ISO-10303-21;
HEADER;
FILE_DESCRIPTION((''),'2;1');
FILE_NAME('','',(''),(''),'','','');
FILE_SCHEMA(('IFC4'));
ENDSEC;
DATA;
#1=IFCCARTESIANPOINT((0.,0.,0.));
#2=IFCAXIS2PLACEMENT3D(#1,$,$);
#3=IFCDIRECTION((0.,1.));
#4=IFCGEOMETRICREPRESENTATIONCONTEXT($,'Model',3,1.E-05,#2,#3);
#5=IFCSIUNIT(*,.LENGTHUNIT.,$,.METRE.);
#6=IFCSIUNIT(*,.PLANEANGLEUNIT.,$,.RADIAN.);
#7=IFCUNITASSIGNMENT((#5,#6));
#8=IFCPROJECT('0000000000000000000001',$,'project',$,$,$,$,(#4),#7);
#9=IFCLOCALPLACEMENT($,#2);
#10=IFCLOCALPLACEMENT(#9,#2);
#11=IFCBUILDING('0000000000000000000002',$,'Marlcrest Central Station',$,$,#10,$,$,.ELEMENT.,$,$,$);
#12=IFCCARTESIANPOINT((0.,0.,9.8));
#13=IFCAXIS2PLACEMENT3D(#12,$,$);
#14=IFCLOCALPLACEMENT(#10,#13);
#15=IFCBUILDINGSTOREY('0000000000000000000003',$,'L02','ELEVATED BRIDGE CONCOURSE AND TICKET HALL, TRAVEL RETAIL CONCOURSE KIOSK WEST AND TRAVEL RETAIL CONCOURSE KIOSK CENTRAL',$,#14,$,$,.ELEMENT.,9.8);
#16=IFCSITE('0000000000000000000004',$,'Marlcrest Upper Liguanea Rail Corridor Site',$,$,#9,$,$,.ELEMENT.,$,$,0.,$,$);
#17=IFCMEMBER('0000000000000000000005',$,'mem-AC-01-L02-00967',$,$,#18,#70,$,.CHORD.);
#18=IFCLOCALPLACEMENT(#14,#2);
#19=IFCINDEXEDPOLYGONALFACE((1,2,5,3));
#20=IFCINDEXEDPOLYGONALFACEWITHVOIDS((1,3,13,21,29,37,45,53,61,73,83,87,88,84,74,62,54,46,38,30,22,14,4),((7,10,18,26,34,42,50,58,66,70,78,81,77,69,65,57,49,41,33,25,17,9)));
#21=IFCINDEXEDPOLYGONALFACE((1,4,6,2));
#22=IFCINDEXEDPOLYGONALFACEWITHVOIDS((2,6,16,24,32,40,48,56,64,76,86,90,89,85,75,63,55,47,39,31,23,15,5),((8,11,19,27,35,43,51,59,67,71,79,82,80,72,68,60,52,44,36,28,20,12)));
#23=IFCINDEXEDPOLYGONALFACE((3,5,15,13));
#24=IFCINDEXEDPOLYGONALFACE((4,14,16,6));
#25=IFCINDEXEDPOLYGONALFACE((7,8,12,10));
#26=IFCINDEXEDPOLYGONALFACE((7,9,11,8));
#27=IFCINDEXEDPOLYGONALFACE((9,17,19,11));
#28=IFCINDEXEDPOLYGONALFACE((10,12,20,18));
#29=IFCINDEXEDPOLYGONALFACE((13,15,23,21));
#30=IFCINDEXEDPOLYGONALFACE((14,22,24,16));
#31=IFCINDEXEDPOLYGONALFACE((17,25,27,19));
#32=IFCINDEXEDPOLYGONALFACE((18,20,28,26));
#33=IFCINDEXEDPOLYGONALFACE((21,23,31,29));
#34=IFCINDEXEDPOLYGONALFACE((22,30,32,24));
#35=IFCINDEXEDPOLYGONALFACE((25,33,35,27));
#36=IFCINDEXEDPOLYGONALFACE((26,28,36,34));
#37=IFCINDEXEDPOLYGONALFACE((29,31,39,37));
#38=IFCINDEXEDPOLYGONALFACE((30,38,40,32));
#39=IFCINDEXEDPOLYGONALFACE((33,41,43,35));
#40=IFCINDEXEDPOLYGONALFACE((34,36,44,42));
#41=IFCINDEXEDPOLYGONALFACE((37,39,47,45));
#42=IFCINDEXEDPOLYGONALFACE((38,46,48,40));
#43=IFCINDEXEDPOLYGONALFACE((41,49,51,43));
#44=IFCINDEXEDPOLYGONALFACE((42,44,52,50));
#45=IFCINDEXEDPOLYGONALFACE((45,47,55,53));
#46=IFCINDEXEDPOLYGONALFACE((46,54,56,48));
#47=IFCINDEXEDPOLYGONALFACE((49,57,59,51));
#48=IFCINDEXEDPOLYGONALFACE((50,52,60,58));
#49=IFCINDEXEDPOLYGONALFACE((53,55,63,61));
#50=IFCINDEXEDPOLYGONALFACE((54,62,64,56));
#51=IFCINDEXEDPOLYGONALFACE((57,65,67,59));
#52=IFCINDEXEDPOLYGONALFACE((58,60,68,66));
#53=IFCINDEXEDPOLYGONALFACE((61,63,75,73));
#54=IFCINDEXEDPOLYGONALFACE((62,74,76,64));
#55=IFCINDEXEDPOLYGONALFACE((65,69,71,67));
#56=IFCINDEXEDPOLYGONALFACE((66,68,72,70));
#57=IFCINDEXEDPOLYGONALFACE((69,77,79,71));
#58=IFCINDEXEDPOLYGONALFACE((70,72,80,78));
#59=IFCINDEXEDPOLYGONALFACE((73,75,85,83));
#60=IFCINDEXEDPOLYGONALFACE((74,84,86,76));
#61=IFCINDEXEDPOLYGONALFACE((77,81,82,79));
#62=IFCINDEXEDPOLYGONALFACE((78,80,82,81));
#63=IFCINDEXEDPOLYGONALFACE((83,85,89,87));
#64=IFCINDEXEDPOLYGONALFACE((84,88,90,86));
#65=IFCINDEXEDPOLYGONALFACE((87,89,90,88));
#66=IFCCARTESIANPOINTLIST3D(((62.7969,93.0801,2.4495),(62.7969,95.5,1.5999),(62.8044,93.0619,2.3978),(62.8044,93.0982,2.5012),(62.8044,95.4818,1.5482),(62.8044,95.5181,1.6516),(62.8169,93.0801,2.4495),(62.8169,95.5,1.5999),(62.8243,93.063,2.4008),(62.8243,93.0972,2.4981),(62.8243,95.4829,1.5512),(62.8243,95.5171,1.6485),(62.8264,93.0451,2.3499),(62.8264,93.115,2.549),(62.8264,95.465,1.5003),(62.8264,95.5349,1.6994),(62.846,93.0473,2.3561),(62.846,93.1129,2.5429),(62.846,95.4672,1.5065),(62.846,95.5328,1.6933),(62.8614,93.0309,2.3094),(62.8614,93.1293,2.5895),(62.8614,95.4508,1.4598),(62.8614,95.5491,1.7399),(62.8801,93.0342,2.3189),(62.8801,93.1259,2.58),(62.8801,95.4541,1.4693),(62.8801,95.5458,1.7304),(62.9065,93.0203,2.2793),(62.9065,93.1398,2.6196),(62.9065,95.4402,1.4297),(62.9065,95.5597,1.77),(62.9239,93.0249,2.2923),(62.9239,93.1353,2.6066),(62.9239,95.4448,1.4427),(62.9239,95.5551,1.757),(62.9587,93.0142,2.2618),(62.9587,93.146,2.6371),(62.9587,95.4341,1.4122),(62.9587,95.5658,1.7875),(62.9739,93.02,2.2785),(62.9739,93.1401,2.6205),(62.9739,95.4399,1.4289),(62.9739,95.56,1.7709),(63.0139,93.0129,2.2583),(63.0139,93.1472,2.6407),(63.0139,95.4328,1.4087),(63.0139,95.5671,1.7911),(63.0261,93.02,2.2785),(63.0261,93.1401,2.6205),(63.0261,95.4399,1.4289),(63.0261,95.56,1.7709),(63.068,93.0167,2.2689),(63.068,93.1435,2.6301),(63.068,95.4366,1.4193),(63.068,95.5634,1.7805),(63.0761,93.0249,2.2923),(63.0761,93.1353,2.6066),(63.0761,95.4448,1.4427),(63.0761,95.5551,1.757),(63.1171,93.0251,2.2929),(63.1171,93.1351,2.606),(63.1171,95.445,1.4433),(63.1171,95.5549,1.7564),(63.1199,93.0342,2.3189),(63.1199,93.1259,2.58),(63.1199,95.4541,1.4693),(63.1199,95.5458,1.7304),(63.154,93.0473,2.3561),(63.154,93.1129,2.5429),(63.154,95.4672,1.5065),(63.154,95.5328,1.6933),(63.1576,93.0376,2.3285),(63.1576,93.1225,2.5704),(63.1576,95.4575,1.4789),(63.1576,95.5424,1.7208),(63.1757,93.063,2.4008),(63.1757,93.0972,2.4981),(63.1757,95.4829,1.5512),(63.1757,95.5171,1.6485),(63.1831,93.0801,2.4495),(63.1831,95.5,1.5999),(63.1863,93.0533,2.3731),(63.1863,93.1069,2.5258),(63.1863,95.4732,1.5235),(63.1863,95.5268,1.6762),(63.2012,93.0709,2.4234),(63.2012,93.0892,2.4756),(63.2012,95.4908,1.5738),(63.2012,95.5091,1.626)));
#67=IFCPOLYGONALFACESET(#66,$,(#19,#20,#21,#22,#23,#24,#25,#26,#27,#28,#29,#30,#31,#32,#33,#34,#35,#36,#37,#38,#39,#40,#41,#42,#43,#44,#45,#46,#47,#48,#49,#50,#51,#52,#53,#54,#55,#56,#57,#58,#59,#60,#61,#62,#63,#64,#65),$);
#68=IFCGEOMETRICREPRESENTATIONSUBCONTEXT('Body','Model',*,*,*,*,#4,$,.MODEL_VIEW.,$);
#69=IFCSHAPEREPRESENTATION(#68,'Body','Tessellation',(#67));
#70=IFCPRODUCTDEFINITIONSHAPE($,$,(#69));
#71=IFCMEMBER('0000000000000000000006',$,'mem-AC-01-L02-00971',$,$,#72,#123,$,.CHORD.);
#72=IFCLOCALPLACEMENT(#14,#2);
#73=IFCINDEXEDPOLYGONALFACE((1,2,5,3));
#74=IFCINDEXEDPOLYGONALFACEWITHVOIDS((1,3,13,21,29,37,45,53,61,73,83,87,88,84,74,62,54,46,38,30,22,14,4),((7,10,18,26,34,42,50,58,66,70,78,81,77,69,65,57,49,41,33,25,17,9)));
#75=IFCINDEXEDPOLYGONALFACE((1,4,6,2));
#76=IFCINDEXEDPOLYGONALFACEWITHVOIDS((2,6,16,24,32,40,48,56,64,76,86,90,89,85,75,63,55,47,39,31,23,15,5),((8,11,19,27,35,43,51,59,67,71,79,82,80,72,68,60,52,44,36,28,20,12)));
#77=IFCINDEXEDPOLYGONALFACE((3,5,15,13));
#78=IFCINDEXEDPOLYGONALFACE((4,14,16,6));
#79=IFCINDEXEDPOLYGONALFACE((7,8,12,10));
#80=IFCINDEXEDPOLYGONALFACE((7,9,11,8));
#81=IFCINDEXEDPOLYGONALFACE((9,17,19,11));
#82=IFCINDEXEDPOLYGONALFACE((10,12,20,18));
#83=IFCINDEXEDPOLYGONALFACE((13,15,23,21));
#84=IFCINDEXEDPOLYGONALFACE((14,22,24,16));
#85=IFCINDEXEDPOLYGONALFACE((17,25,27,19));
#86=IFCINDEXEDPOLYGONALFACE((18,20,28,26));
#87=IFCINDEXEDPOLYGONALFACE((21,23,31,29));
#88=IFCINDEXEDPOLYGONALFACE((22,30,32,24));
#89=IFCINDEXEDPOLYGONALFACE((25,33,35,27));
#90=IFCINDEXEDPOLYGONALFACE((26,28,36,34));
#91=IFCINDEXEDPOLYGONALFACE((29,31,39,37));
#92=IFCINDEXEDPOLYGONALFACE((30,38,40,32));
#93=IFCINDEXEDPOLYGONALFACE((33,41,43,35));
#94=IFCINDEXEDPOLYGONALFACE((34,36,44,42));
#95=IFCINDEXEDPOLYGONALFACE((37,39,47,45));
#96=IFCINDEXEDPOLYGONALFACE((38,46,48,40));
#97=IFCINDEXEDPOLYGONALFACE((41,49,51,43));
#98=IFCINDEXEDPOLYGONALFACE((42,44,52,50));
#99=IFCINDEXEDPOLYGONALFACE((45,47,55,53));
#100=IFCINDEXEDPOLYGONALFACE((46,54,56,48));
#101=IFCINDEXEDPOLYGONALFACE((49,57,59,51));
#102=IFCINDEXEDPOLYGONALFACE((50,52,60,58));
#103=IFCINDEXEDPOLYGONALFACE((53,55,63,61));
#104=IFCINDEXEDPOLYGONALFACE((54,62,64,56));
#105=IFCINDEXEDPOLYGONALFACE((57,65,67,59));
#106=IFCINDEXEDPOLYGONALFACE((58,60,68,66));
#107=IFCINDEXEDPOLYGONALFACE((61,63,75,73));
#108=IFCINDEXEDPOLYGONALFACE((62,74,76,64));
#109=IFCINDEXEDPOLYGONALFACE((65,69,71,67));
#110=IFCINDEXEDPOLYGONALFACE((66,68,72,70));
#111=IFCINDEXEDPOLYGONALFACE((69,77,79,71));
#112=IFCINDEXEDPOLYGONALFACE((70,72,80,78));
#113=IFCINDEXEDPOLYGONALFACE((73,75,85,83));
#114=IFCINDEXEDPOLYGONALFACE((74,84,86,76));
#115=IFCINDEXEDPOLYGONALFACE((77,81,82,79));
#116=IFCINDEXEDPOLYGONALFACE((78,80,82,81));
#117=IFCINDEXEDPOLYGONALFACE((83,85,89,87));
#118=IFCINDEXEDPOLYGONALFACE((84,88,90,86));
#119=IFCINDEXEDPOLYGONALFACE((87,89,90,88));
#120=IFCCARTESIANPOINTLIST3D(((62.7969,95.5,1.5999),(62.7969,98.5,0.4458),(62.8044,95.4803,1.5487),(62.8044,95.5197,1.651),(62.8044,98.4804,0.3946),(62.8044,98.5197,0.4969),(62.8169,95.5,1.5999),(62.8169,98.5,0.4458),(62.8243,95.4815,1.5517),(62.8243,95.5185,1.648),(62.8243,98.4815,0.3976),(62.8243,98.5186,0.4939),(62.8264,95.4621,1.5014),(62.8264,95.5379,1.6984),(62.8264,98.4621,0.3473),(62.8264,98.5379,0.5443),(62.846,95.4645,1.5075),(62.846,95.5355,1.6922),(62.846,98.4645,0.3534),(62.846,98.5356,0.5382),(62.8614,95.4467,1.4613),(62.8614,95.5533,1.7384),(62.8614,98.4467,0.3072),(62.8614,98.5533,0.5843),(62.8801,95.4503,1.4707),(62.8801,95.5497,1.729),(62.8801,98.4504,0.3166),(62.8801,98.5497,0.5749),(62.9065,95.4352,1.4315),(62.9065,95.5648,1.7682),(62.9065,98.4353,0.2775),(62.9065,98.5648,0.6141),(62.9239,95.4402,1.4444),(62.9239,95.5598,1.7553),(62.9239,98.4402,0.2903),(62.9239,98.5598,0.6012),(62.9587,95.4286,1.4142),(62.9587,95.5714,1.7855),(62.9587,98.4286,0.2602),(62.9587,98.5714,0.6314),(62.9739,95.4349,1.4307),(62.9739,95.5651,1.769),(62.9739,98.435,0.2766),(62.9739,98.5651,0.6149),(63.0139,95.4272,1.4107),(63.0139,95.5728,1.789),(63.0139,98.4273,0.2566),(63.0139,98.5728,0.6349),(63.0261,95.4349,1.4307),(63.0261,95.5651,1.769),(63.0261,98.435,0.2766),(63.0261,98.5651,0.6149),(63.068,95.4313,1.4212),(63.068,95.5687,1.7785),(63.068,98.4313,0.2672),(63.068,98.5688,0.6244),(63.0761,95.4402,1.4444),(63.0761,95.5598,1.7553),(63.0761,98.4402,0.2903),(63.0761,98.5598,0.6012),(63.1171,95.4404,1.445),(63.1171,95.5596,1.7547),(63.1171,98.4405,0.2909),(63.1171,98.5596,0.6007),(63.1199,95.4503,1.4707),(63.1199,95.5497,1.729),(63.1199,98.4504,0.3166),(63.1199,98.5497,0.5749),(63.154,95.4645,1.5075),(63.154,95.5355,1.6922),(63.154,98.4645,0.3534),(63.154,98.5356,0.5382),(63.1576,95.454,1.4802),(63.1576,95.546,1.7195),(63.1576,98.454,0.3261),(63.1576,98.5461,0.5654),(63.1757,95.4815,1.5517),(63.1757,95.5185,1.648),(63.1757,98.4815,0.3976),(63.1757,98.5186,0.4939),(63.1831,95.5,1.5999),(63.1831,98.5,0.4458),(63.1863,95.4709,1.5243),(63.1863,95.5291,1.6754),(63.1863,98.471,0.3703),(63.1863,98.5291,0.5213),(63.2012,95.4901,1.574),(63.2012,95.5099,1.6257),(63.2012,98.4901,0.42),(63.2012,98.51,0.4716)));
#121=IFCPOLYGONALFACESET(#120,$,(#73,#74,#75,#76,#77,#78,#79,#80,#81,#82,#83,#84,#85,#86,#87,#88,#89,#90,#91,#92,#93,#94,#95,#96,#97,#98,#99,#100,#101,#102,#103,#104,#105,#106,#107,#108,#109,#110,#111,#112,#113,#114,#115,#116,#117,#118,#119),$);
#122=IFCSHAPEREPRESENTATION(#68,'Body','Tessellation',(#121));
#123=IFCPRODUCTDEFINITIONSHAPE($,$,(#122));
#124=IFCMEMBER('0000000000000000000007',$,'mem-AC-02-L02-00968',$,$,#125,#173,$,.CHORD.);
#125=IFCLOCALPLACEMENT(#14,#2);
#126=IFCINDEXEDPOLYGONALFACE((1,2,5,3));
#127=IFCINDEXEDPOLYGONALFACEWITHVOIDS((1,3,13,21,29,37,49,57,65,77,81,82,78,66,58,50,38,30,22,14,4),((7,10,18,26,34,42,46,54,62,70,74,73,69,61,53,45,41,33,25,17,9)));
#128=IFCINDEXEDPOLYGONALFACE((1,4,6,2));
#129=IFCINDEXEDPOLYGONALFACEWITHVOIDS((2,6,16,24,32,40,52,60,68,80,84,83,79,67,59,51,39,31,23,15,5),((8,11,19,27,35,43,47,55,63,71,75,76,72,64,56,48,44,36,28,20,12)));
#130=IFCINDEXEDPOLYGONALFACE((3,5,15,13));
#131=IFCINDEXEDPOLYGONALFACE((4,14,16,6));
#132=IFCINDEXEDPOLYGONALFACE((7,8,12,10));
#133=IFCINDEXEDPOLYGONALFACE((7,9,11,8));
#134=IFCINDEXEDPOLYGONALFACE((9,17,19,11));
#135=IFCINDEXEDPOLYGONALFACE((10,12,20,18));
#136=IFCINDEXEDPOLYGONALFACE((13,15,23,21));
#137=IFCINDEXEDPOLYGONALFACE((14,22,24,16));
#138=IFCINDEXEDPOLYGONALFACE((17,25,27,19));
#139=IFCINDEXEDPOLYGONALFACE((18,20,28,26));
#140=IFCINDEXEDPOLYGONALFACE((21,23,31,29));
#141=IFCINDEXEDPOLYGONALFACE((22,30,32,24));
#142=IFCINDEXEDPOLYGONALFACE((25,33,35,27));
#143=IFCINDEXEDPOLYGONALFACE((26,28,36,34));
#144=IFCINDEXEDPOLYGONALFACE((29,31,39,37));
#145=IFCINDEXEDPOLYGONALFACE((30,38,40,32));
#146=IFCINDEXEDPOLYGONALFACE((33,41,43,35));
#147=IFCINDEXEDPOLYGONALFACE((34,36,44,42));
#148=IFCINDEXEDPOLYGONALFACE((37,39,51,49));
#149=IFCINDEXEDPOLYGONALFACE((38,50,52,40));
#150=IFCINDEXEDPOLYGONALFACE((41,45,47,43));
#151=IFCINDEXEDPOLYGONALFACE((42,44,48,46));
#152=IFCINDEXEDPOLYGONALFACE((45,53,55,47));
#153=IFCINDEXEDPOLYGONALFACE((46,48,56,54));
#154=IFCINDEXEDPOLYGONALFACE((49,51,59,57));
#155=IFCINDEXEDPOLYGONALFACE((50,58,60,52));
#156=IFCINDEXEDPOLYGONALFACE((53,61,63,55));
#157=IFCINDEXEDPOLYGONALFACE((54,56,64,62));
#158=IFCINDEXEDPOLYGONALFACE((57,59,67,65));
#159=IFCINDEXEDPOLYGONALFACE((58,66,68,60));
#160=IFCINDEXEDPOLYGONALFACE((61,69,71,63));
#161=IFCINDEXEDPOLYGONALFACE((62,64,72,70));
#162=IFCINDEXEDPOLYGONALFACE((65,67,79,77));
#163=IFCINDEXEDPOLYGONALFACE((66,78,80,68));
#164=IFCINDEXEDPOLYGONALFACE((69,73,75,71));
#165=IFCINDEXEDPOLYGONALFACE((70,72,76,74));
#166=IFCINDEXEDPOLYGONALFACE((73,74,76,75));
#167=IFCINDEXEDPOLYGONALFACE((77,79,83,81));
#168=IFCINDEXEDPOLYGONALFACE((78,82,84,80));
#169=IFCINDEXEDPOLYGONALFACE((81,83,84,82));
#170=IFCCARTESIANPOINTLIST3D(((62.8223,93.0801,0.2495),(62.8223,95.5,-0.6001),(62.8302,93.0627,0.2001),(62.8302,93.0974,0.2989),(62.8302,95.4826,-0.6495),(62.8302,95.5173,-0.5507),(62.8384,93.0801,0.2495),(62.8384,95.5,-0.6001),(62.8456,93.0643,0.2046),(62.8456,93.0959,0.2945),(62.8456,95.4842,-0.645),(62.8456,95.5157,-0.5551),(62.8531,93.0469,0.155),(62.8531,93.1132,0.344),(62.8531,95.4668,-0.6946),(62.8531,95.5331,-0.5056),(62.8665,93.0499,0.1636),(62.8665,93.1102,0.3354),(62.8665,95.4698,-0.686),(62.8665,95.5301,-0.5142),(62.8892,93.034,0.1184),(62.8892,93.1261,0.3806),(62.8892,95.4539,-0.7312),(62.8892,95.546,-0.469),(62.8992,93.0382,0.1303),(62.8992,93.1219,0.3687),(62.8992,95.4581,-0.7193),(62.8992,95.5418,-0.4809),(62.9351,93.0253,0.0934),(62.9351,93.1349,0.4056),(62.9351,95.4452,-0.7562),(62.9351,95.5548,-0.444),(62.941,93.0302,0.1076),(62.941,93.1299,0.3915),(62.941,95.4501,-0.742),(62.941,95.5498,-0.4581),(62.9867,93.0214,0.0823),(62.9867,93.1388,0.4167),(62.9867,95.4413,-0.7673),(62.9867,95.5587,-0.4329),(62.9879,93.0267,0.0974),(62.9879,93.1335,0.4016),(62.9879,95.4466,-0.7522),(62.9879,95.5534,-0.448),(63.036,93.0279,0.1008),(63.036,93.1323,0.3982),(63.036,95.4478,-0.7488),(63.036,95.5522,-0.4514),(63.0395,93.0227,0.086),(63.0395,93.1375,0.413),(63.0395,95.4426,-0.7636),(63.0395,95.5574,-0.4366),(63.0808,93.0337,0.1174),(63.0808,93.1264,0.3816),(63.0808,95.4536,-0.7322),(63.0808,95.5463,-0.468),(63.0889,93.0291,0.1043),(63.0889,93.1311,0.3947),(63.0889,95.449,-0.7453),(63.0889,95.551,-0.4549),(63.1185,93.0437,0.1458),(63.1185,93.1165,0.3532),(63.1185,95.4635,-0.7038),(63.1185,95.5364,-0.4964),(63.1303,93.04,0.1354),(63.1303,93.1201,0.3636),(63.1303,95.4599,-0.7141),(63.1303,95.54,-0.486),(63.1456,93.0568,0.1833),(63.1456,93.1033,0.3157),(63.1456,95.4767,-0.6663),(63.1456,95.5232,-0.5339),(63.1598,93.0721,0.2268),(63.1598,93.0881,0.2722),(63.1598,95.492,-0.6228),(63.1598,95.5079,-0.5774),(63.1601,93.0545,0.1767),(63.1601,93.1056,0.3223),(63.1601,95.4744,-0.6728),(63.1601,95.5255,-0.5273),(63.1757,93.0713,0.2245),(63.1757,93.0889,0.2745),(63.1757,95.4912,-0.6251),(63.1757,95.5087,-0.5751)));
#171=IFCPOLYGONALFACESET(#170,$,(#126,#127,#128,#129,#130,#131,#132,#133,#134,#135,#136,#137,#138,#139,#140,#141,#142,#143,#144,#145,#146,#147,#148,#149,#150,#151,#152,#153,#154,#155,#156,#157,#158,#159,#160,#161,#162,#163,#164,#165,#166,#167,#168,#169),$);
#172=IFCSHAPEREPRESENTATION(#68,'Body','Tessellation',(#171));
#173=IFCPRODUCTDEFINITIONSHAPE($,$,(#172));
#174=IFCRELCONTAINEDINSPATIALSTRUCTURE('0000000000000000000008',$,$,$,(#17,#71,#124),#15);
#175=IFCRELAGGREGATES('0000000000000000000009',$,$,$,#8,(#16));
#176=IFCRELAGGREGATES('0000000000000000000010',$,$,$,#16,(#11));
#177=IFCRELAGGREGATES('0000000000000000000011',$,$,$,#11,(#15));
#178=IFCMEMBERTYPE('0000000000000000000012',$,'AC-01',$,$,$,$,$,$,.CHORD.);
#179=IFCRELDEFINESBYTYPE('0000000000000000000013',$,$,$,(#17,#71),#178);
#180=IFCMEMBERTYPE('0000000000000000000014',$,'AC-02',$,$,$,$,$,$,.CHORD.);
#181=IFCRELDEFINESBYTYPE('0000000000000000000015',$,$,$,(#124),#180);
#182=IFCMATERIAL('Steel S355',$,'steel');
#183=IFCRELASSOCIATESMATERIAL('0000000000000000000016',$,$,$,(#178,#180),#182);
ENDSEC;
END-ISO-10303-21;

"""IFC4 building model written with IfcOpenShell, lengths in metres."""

from ifc_helpers import new_model, si_unit, direction, frame, origin, origin_2d, place, context, subcontext, project, spatial, hollow_circle, extrude, material, material_profile, profile_set, type_object, element, save


model = new_model("IFC4")

# Units and contexts
model_context = context("Model", 3, precision=1e-05, world=origin(), true_north=direction((0.0, 1.0)))
body_context = subcontext(model_context, "Body", "Model", "MODEL_VIEW")
ifc_project = project(units=[si_unit("LENGTHUNIT", "METRE"), si_unit("PLANEANGLEUNIT", "RADIAN")], contexts=[model_context])

# Site, building, storey
site_placement = place(None, origin())
site = spatial("IfcSite", under=ifc_project, at=site_placement, Name="Marlcrest Upper Liguanea Rail Corridor Site", CompositionType="ELEMENT", RefElevation=0.0)
building_placement = place(site_placement, origin())
building = spatial("IfcBuilding", under=site, at=building_placement, Name="Marlcrest Central Station", CompositionType="ELEMENT")
storey_placement = place(building_placement, frame((0.0, 0.0, 9.8)))
storey = spatial("IfcBuildingStorey", under=building, at=storey_placement, Name="L02", Description="ELEVATED BRIDGE CONCOURSE AND TICKET HALL, TRAVEL RETAIL CONCOURSE KIOSK WEST AND TRAVEL RETAIL CONCOURSE KIOSK CENTRAL", CompositionType="ELEMENT", Elevation=9.8)

# Members
ifc_material_1 = material(Name="Steel S355", Category="steel")
ifc_material_profile_1 = material_profile(ifc_material_1, hollow_circle(Radius=0.2031, WallThickness=0.02, at=origin_2d()), Name="CHS 406.4x20")
ifc_profile_set_1 = profile_set([ifc_material_profile_1], Name="Steel S355")
member_type_1 = type_object("IfcMemberType", Name="AC-01", PredefinedType="CHORD", material=ifc_profile_set_1)
member_1_placement = place(storey_placement, frame((63.0, 93.0801, 2.4495), z_axis=(0.0, 0.943537, -0.331266), x_axis=(-1.0, 0.0, 0.0)))
element("IfcMember", 1, at=member_1_placement, inside=storey, type_object=member_type_1, Name="mem-AC-01-L02-00967", PredefinedType="CHORD", context=body_context, shape_type="SweptSolid", body=[
    extrude(hollow_circle(Radius=0.2031, WallThickness=0.02, at=origin_2d()), origin(), (0.0, 0.0, 1.0), 2.5647),
])
member_2_placement = place(storey_placement, frame((63.0, 95.5, 1.5999), z_axis=(0.0, 0.933324, -0.359035), x_axis=(-1.0, 0.0, 0.0)))
element("IfcMember", 2, at=member_2_placement, inside=storey, type_object=member_type_1, Name="mem-AC-01-L02-00971", PredefinedType="CHORD", context=body_context, shape_type="SweptSolid", body=[
    extrude(hollow_circle(Radius=0.2031, WallThickness=0.02, at=origin_2d()), origin(), (0.0, 0.0, 1.0), 3.2144),
])
ifc_material_profile_2 = material_profile(ifc_material_1, hollow_circle(Radius=0.1777, WallThickness=0.0161, at=origin_2d()), Name="CHS 355.6x16")
ifc_profile_set_2 = profile_set([ifc_material_profile_2], Name="Steel S355")
member_type_2 = type_object("IfcMemberType", Name="AC-02", PredefinedType="CHORD", material=ifc_profile_set_2)
member_3_placement = place(storey_placement, frame((63.0, 93.0801, 0.2495), z_axis=(0.0, 0.943537, -0.331266), x_axis=(-1.0, 0.0, 0.0)))
element("IfcMember", 3, at=member_3_placement, inside=storey, type_object=member_type_2, Name="mem-AC-02-L02-00968", PredefinedType="CHORD", context=body_context, shape_type="SweptSolid", body=[
    extrude(hollow_circle(Radius=0.1777, WallThickness=0.0161, at=origin_2d()), origin(), (0.0, 0.0, 1.0), 2.5647),
])

save(model, "model.ifc")
